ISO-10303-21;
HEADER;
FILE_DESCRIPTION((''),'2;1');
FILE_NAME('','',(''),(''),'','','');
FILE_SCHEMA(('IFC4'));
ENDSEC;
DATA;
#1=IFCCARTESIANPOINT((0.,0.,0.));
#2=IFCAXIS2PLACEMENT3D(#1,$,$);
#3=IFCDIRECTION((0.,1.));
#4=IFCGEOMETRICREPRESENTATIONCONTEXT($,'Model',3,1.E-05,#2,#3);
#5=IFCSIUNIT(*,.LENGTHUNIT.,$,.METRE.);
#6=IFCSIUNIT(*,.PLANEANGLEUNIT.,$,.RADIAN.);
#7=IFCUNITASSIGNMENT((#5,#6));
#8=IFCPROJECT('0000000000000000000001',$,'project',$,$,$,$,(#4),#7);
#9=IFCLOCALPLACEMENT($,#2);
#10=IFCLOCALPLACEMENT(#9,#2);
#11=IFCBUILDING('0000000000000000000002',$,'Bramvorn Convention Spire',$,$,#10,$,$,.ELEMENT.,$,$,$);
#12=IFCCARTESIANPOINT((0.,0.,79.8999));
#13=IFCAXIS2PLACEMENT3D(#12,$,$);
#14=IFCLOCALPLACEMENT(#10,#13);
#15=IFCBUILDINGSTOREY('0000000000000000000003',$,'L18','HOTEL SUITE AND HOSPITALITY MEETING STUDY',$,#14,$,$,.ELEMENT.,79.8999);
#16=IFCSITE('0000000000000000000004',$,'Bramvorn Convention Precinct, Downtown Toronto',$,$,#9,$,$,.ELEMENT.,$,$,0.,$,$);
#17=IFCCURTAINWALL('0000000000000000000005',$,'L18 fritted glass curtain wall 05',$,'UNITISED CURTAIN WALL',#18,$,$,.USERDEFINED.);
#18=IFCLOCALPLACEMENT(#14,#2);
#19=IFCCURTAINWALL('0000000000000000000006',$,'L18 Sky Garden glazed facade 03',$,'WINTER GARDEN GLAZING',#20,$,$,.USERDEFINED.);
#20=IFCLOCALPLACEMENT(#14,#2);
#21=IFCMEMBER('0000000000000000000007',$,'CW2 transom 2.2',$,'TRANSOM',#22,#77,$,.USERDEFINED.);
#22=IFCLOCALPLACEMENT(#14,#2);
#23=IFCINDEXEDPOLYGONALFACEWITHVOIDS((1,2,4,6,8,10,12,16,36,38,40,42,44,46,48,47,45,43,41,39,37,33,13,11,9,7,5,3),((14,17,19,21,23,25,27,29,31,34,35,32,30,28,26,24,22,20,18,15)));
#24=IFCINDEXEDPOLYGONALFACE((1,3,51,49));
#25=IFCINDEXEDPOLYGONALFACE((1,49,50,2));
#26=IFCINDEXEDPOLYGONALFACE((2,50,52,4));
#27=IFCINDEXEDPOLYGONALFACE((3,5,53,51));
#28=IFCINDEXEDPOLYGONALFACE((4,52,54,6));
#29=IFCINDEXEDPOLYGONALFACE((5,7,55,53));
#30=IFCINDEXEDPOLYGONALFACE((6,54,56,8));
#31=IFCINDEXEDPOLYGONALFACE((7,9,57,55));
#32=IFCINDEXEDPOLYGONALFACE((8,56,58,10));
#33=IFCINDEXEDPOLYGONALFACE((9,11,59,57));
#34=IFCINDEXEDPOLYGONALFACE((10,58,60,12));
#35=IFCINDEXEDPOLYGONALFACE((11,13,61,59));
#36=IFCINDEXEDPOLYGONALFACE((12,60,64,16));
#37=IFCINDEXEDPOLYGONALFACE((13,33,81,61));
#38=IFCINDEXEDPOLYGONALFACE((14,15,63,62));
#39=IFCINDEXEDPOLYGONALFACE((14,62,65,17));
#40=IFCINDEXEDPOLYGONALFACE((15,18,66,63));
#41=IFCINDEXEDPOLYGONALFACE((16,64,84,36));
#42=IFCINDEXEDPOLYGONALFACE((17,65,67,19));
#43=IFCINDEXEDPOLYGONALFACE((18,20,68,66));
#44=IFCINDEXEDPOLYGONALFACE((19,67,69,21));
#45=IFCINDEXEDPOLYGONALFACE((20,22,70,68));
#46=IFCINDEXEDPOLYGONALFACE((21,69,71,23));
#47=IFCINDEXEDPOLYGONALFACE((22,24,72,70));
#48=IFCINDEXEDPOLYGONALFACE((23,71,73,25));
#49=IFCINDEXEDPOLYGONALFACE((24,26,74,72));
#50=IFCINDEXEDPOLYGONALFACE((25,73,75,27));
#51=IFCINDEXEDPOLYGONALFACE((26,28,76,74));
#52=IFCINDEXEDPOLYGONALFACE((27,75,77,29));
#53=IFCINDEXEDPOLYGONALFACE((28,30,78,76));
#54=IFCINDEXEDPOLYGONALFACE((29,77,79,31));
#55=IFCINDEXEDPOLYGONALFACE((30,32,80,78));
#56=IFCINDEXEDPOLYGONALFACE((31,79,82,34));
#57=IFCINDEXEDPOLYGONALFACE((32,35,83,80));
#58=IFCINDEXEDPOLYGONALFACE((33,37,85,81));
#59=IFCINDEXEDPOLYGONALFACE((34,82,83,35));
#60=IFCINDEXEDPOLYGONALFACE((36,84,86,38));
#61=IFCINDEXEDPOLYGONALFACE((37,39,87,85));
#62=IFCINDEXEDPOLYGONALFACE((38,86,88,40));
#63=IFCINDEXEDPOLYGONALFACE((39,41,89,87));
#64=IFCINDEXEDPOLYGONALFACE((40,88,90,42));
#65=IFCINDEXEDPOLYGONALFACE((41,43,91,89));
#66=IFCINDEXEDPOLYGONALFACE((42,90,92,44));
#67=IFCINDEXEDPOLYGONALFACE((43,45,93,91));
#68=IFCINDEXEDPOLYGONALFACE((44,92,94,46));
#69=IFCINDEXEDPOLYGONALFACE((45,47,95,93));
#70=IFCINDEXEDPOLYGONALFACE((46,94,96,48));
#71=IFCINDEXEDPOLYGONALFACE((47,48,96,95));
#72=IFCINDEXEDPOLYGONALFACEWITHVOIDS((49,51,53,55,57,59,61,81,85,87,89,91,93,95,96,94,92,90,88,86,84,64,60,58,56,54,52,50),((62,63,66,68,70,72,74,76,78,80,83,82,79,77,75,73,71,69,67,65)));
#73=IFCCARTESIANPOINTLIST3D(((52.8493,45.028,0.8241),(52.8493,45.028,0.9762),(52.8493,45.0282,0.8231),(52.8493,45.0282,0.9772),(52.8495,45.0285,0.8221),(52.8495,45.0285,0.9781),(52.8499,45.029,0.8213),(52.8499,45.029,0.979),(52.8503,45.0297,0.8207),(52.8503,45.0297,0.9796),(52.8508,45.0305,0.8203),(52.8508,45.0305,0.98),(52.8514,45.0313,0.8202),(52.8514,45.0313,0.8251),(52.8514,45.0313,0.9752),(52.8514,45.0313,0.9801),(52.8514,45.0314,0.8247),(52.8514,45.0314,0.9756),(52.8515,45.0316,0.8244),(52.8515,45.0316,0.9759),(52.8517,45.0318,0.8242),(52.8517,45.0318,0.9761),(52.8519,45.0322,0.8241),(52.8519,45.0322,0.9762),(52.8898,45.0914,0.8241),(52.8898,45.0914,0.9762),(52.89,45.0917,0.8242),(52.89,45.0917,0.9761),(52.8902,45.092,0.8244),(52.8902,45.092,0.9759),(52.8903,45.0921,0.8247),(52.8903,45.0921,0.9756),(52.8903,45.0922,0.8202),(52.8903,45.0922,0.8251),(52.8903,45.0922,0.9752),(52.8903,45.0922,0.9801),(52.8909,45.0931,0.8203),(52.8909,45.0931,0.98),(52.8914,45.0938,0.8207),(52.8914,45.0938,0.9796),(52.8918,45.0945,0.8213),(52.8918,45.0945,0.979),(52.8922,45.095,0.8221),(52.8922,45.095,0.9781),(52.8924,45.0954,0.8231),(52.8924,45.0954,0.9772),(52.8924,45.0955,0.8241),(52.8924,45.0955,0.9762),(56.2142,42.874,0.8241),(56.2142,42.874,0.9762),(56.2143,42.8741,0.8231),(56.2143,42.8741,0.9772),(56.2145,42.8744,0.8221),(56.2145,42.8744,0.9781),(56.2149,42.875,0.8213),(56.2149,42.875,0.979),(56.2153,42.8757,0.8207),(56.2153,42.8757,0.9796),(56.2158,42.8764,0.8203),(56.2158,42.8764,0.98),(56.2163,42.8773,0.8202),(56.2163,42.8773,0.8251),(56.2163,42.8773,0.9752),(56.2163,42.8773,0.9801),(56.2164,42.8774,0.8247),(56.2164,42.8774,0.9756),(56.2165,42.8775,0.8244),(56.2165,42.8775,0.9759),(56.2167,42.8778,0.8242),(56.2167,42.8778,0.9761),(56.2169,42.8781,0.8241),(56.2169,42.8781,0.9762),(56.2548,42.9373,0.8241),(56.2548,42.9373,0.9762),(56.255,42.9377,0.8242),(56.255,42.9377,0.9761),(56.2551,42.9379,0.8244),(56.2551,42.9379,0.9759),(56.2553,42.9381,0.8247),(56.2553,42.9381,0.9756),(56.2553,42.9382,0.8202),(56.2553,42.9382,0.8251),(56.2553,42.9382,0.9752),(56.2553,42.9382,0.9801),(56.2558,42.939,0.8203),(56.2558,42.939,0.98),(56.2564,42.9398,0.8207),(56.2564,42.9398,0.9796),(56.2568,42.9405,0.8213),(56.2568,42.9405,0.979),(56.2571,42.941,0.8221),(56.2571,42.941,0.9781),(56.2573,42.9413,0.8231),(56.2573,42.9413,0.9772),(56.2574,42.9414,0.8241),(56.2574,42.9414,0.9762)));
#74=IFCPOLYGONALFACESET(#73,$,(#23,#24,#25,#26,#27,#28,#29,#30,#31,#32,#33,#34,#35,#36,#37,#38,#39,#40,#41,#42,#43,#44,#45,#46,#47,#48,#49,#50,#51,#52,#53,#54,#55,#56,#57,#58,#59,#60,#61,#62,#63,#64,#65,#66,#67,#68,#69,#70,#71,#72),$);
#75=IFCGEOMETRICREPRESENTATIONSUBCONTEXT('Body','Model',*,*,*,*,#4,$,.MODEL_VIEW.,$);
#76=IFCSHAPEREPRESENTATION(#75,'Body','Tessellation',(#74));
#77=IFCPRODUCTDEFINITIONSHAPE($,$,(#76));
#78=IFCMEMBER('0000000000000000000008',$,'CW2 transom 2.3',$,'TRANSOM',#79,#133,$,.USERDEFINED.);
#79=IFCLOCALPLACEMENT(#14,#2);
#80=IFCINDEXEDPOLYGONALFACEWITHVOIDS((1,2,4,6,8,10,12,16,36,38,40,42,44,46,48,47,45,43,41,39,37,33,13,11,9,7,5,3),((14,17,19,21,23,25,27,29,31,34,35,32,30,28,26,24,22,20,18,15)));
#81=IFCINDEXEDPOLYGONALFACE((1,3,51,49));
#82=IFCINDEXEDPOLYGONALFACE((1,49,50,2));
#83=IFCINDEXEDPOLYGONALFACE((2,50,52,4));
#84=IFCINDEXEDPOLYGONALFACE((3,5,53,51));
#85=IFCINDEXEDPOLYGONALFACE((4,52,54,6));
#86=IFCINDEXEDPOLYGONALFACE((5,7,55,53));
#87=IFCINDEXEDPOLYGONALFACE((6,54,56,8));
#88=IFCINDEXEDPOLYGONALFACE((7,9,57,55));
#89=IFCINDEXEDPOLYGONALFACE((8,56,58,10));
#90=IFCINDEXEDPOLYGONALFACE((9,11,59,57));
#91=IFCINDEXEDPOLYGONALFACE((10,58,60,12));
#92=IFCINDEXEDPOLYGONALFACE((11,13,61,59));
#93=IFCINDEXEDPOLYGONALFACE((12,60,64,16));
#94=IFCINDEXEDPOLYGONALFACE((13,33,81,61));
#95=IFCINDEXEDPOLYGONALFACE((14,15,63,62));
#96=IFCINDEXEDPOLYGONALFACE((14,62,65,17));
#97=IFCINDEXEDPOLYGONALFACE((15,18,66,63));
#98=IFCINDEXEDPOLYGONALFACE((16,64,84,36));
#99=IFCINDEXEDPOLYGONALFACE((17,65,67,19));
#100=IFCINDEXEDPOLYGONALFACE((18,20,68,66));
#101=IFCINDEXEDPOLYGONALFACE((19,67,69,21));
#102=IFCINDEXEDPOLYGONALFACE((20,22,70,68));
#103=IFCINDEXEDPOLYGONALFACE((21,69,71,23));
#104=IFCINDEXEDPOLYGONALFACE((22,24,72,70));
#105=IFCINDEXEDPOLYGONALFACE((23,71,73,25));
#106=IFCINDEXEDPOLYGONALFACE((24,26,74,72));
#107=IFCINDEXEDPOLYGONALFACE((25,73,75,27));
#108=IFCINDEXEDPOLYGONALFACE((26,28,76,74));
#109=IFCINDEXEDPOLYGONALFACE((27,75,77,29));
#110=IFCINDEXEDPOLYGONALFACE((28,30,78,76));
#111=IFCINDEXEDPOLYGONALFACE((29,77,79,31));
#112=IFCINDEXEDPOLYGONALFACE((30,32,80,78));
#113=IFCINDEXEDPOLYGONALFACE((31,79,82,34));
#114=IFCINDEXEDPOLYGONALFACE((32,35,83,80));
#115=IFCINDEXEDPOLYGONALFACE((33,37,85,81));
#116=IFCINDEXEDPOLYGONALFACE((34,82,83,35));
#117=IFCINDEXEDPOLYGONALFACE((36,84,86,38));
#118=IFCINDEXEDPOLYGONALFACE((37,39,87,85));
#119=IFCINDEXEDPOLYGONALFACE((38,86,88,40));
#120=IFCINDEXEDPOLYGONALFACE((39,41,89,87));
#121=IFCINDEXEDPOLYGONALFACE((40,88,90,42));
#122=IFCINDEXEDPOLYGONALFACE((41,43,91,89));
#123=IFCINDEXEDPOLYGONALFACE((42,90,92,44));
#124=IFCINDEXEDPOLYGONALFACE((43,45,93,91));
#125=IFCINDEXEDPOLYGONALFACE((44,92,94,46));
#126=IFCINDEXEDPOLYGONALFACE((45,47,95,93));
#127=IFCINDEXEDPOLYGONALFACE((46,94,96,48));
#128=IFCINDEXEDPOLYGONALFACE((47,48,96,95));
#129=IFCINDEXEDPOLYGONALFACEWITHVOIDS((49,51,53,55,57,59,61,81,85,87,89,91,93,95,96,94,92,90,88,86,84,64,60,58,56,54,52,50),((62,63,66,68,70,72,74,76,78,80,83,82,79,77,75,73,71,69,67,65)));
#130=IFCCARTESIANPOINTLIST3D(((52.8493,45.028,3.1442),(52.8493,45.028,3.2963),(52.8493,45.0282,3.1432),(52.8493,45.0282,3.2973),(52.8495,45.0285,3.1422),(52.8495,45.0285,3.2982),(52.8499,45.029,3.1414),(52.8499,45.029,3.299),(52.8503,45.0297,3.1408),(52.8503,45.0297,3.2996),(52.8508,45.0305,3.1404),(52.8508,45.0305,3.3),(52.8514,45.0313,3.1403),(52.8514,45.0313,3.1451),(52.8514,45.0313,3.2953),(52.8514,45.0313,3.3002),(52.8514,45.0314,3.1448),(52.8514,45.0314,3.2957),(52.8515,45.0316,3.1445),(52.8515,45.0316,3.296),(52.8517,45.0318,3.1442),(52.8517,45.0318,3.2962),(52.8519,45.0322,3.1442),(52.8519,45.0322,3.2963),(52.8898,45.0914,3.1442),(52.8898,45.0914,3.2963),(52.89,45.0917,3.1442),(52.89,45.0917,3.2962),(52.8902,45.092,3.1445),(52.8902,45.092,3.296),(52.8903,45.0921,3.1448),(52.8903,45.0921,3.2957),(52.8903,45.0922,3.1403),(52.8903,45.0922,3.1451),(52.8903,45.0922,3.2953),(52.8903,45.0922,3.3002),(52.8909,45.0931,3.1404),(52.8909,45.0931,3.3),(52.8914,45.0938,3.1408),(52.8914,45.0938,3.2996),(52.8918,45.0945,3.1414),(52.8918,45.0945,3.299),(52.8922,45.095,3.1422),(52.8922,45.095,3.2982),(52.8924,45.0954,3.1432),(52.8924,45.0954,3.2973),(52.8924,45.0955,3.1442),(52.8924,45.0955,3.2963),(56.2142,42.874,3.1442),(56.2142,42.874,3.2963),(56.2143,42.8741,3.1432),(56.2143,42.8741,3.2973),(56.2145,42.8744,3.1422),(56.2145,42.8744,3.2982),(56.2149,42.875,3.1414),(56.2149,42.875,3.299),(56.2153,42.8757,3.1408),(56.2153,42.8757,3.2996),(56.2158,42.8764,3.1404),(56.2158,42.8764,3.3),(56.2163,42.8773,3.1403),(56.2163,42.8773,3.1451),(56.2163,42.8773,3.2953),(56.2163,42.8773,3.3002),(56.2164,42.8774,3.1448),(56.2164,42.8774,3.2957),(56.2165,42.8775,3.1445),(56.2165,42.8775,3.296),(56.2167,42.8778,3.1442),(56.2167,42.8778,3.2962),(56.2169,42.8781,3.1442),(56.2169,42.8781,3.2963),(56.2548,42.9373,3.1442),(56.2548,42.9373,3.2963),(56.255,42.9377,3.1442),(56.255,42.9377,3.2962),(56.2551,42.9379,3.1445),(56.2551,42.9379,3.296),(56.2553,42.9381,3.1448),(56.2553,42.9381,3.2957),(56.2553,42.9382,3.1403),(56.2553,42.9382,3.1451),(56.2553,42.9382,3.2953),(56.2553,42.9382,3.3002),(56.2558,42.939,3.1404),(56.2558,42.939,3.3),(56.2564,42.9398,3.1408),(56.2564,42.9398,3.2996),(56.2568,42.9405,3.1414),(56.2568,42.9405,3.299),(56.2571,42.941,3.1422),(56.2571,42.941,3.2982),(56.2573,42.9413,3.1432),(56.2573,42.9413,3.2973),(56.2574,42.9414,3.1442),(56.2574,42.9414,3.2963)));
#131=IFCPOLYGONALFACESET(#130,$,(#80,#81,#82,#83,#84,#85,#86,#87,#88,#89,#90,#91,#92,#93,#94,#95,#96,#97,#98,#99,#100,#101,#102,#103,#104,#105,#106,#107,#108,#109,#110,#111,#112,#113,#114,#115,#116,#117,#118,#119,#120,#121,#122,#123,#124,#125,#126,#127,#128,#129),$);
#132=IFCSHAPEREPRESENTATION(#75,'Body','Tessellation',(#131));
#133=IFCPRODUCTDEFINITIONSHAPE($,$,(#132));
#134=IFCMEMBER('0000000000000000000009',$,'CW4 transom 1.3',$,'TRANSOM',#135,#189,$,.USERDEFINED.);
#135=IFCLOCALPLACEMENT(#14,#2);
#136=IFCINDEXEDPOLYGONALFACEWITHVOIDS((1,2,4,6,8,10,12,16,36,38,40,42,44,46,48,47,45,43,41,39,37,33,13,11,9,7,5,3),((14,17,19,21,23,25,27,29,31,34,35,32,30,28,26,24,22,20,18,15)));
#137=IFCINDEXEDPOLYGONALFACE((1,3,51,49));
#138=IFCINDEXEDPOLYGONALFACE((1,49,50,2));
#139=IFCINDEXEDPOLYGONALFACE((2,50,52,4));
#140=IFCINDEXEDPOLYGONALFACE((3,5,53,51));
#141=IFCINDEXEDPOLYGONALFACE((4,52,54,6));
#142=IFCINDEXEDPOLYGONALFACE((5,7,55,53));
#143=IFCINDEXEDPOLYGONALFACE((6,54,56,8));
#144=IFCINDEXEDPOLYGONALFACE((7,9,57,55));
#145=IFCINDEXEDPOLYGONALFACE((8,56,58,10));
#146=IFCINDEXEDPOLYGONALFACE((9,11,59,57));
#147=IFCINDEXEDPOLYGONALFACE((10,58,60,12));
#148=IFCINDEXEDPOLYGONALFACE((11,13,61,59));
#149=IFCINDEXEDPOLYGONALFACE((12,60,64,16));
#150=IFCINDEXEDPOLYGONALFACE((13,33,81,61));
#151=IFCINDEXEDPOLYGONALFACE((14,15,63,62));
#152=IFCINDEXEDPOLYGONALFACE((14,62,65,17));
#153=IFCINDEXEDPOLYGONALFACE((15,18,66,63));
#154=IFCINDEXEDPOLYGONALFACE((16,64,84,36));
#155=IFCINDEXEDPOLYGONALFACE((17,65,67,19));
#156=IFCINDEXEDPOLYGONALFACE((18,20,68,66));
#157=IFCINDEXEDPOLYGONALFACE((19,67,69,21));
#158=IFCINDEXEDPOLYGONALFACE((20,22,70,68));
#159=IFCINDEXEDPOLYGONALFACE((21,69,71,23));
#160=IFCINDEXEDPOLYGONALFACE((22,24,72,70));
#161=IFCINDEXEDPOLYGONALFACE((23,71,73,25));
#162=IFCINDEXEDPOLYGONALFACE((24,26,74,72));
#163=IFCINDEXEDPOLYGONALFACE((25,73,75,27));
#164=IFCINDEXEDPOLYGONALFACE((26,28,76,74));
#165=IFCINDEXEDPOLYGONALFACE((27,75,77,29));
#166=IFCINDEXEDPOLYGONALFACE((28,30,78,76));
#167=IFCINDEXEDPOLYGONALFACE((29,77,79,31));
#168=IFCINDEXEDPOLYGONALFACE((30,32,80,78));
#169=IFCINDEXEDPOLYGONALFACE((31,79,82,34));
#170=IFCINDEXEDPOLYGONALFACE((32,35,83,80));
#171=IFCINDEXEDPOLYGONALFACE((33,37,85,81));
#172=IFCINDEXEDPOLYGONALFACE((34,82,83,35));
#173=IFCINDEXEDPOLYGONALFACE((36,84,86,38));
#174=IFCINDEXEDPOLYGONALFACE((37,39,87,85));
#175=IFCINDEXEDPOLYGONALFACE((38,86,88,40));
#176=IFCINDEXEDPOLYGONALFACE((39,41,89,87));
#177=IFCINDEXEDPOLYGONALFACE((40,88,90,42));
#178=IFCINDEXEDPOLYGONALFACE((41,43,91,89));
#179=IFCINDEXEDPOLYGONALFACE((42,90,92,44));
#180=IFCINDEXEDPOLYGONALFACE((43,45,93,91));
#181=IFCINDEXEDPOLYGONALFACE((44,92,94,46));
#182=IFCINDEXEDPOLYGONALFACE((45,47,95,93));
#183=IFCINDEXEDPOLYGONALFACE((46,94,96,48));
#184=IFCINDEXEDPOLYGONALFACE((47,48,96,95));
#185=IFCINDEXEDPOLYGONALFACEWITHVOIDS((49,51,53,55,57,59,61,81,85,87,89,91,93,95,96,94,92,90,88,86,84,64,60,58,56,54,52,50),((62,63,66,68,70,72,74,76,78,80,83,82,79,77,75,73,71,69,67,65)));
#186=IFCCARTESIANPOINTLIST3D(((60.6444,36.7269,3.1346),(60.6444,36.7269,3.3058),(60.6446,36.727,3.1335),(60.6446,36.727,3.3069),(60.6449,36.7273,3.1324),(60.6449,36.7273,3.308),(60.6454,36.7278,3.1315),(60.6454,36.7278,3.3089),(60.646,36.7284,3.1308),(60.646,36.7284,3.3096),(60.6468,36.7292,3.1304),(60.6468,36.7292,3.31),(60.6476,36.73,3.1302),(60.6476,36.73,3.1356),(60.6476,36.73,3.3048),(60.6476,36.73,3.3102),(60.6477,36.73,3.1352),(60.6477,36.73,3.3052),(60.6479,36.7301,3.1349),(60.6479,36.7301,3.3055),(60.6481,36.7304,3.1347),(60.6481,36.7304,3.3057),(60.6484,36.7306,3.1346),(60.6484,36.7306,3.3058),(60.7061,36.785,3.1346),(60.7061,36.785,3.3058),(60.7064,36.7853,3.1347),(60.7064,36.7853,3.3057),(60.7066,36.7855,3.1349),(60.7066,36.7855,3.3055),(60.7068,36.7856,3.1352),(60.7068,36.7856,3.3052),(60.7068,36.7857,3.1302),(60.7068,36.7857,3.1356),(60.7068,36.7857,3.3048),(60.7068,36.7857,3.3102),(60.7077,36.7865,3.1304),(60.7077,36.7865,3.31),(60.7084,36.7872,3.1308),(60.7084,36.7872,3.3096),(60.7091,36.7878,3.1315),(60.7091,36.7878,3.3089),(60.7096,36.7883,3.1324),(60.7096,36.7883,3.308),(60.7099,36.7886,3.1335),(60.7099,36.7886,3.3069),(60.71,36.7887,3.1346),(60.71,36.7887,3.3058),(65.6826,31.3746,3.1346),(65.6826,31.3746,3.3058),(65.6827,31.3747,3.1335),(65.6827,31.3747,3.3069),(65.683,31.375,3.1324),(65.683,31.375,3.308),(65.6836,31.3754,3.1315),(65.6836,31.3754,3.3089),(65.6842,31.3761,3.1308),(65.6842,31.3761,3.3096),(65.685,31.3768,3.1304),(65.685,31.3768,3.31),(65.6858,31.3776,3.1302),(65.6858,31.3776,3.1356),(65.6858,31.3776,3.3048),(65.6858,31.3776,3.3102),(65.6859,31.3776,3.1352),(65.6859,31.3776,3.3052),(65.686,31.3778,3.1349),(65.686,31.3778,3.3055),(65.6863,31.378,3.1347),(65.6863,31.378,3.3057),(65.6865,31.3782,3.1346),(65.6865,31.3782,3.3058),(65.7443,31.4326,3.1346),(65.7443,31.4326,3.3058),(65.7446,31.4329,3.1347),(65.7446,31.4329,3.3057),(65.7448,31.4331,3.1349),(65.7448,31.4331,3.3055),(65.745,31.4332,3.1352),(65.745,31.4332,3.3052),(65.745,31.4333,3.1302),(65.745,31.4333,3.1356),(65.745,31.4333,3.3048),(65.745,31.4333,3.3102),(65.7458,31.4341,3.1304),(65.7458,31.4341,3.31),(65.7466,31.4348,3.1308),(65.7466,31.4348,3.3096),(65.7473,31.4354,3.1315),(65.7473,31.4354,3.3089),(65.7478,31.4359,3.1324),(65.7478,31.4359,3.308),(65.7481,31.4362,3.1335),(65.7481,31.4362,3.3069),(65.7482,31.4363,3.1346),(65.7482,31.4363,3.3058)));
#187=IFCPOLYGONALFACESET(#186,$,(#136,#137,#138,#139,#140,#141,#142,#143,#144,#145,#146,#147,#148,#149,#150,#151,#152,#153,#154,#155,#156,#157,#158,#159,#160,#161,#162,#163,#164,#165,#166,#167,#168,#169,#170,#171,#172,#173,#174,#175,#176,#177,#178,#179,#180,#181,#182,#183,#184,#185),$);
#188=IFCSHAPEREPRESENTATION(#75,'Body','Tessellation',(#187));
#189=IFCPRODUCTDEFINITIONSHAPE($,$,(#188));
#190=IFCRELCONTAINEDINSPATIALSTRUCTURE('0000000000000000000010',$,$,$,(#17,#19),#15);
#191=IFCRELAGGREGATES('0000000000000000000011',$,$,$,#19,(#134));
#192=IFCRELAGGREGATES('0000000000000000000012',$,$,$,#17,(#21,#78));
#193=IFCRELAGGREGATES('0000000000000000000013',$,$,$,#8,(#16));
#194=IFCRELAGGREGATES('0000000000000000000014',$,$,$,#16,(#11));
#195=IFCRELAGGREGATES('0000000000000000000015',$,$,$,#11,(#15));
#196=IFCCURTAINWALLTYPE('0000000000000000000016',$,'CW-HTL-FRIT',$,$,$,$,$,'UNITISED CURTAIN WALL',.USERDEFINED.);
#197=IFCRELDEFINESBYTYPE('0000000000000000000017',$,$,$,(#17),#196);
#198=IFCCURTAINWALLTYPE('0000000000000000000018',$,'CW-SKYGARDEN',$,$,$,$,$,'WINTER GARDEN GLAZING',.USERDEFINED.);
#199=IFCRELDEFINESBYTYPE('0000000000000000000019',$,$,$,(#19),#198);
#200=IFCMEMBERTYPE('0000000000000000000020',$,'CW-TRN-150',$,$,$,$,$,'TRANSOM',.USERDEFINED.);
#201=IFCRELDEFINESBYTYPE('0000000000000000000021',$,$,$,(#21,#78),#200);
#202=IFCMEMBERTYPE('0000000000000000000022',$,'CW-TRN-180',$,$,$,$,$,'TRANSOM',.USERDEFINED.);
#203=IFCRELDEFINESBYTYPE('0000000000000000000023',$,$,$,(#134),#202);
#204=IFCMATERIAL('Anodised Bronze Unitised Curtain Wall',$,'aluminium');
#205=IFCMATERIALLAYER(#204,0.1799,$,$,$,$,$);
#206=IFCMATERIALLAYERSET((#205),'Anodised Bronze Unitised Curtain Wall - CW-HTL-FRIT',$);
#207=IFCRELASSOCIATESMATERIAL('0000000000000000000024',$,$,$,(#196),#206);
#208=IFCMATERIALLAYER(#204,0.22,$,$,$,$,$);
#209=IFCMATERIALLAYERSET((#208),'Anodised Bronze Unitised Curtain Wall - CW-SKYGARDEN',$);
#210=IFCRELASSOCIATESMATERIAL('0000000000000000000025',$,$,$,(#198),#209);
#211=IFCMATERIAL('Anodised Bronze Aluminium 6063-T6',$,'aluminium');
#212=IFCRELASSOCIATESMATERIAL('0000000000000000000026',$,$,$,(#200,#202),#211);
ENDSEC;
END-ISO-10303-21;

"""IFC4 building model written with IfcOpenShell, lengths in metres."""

from ifc_helpers import new_model, si_unit, direction, frame, origin, origin_2d, place, context, subcontext, project, spatial, hollow_rectangle, extrude, material, layer, layer_set, material_profile, profile_set, type_object, element, aggregate, save


model = new_model("IFC4")

# Units and contexts
model_context = context("Model", 3, precision=1e-05, world=origin(), true_north=direction((0.0, 1.0)))
body_context = subcontext(model_context, "Body", "Model", "MODEL_VIEW")
ifc_project = project(units=[si_unit("LENGTHUNIT", "METRE"), si_unit("PLANEANGLEUNIT", "RADIAN")], contexts=[model_context])

# Site, building, storey
site_placement = place(None, origin())
site = spatial("IfcSite", under=ifc_project, at=site_placement, Name="Bramvorn Convention Precinct, Downtown Toronto", CompositionType="ELEMENT", RefElevation=0.0)
building_placement = place(site_placement, origin())
building = spatial("IfcBuilding", under=site, at=building_placement, Name="Bramvorn Convention Spire", CompositionType="ELEMENT")
storey_placement = place(building_placement, frame((0.0, 0.0, 79.8999)))
storey = spatial("IfcBuildingStorey", under=building, at=storey_placement, Name="L18", Description="HOTEL SUITE AND HOSPITALITY MEETING STUDY", CompositionType="ELEMENT", Elevation=79.8999)

# Curtain wall
ifc_material_1 = material(Name="Anodised Bronze Unitised Curtain Wall", Category="aluminium")
ifc_layer_1 = layer(ifc_material_1, 0.1799)
ifc_layer_set_1 = layer_set([ifc_layer_1], Name="Anodised Bronze Unitised Curtain Wall - CW-HTL-FRIT")
curtain_wall_type_1 = type_object("IfcCurtainWallType", Name="CW-HTL-FRIT", ElementType="UNITISED CURTAIN WALL", PredefinedType="USERDEFINED", material=ifc_layer_set_1)
curtain_wall_1_placement = place(storey_placement, origin())
curtain_wall_1 = element("IfcCurtainWall", 1, at=curtain_wall_1_placement, inside=storey, type_object=curtain_wall_type_1, Name="L18 fritted glass curtain wall 05", ObjectType="UNITISED CURTAIN WALL", PredefinedType="USERDEFINED")
ifc_material_2 = material(Name="Anodised Bronze Aluminium 6063-T6", Category="aluminium")

# Curtain wall
ifc_layer_2 = layer(ifc_material_1, 0.22)
ifc_layer_set_2 = layer_set([ifc_layer_2], Name="Anodised Bronze Unitised Curtain Wall - CW-SKYGARDEN")
curtain_wall_type_2 = type_object("IfcCurtainWallType", Name="CW-SKYGARDEN", ElementType="WINTER GARDEN GLAZING", PredefinedType="USERDEFINED", material=ifc_layer_set_2)
curtain_wall_2_placement = place(storey_placement, origin())
curtain_wall_2 = element("IfcCurtainWall", 2, at=curtain_wall_2_placement, inside=storey, type_object=curtain_wall_type_2, Name="L18 Sky Garden glazed facade 03", ObjectType="WINTER GARDEN GLAZING", PredefinedType="USERDEFINED")

# Members
ifc_material_profile_1 = material_profile(ifc_material_2, hollow_rectangle(XDim=0.0801, YDim=0.1599, WallThickness=0.0039, InnerFilletRadius=0.001, OuterFilletRadius=0.0039, at=origin_2d()))
ifc_profile_set_1 = profile_set([ifc_material_profile_1], Name="Anodised Bronze Aluminium 6063-T6 - CWT80X160")
member_type_1 = type_object("IfcMemberType", Name="CW-TRN-150", ElementType="TRANSOM", PredefinedType="USERDEFINED", material=ifc_profile_set_1)
member_1_placement = place(storey_placement, frame((52.8708, 45.0618, 0.9001), z_axis=(0.842219, -0.539135, 0.0), x_axis=(0.539135, 0.842219, 0.0)))
member_1 = element("IfcMember", 3, at=member_1_placement, type_object=member_type_1, Name="CW2 transom 2.2", ObjectType="TRANSOM", PredefinedType="USERDEFINED", context=body_context, shape_type="SweptSolid", body=[
    extrude(hollow_rectangle(XDim=0.0801, YDim=0.1599, WallThickness=0.0039, InnerFilletRadius=0.001, OuterFilletRadius=0.0039, at=origin_2d()), origin(), (0.0, 0.0, 1.0), 3.9954),
])
member_2_placement = place(storey_placement, frame((52.8708, 45.0618, 3.2202), z_axis=(0.842219, -0.539135, 0.0), x_axis=(0.539135, 0.842219, 0.0)))
member_2 = element("IfcMember", 4, at=member_2_placement, type_object=member_type_1, Name="CW2 transom 2.3", ObjectType="TRANSOM", PredefinedType="USERDEFINED", context=body_context, shape_type="SweptSolid", body=[
    extrude(hollow_rectangle(XDim=0.0801, YDim=0.1599, WallThickness=0.0039, InnerFilletRadius=0.001, OuterFilletRadius=0.0039, at=origin_2d()), origin(), (0.0, 0.0, 1.0), 3.9954),
])
ifc_material_profile_2 = material_profile(ifc_material_2, hollow_rectangle(XDim=0.0901, YDim=0.1799, WallThickness=0.0044, InnerFilletRadius=0.001, OuterFilletRadius=0.0044, at=origin_2d()))
ifc_profile_set_2 = profile_set([ifc_material_profile_2], Name="Anodised Bronze Aluminium 6063-T6 - CWT90X180")
member_type_2 = type_object("IfcMemberType", Name="CW-TRN-180", ElementType="TRANSOM", PredefinedType="USERDEFINED", material=ifc_profile_set_2)
member_3_placement = place(storey_placement, frame((60.6772, 36.7578, 3.2202), z_axis=(0.68541, -0.728157, 0.0), x_axis=(0.728157, 0.68541, 0.0)))
member_3 = element("IfcMember", 5, at=member_3_placement, type_object=member_type_2, Name="CW4 transom 1.3", ObjectType="TRANSOM", PredefinedType="USERDEFINED", context=body_context, shape_type="SweptSolid", body=[
    extrude(hollow_rectangle(XDim=0.0901, YDim=0.1799, WallThickness=0.0044, InnerFilletRadius=0.001, OuterFilletRadius=0.0044, at=origin_2d()), origin(), (0.0, 0.0, 1.0), 7.3506),
])
aggregate(curtain_wall_2, [member_3])

aggregate(curtain_wall_1, [member_1, member_2])

save(model, "model.ifc")
